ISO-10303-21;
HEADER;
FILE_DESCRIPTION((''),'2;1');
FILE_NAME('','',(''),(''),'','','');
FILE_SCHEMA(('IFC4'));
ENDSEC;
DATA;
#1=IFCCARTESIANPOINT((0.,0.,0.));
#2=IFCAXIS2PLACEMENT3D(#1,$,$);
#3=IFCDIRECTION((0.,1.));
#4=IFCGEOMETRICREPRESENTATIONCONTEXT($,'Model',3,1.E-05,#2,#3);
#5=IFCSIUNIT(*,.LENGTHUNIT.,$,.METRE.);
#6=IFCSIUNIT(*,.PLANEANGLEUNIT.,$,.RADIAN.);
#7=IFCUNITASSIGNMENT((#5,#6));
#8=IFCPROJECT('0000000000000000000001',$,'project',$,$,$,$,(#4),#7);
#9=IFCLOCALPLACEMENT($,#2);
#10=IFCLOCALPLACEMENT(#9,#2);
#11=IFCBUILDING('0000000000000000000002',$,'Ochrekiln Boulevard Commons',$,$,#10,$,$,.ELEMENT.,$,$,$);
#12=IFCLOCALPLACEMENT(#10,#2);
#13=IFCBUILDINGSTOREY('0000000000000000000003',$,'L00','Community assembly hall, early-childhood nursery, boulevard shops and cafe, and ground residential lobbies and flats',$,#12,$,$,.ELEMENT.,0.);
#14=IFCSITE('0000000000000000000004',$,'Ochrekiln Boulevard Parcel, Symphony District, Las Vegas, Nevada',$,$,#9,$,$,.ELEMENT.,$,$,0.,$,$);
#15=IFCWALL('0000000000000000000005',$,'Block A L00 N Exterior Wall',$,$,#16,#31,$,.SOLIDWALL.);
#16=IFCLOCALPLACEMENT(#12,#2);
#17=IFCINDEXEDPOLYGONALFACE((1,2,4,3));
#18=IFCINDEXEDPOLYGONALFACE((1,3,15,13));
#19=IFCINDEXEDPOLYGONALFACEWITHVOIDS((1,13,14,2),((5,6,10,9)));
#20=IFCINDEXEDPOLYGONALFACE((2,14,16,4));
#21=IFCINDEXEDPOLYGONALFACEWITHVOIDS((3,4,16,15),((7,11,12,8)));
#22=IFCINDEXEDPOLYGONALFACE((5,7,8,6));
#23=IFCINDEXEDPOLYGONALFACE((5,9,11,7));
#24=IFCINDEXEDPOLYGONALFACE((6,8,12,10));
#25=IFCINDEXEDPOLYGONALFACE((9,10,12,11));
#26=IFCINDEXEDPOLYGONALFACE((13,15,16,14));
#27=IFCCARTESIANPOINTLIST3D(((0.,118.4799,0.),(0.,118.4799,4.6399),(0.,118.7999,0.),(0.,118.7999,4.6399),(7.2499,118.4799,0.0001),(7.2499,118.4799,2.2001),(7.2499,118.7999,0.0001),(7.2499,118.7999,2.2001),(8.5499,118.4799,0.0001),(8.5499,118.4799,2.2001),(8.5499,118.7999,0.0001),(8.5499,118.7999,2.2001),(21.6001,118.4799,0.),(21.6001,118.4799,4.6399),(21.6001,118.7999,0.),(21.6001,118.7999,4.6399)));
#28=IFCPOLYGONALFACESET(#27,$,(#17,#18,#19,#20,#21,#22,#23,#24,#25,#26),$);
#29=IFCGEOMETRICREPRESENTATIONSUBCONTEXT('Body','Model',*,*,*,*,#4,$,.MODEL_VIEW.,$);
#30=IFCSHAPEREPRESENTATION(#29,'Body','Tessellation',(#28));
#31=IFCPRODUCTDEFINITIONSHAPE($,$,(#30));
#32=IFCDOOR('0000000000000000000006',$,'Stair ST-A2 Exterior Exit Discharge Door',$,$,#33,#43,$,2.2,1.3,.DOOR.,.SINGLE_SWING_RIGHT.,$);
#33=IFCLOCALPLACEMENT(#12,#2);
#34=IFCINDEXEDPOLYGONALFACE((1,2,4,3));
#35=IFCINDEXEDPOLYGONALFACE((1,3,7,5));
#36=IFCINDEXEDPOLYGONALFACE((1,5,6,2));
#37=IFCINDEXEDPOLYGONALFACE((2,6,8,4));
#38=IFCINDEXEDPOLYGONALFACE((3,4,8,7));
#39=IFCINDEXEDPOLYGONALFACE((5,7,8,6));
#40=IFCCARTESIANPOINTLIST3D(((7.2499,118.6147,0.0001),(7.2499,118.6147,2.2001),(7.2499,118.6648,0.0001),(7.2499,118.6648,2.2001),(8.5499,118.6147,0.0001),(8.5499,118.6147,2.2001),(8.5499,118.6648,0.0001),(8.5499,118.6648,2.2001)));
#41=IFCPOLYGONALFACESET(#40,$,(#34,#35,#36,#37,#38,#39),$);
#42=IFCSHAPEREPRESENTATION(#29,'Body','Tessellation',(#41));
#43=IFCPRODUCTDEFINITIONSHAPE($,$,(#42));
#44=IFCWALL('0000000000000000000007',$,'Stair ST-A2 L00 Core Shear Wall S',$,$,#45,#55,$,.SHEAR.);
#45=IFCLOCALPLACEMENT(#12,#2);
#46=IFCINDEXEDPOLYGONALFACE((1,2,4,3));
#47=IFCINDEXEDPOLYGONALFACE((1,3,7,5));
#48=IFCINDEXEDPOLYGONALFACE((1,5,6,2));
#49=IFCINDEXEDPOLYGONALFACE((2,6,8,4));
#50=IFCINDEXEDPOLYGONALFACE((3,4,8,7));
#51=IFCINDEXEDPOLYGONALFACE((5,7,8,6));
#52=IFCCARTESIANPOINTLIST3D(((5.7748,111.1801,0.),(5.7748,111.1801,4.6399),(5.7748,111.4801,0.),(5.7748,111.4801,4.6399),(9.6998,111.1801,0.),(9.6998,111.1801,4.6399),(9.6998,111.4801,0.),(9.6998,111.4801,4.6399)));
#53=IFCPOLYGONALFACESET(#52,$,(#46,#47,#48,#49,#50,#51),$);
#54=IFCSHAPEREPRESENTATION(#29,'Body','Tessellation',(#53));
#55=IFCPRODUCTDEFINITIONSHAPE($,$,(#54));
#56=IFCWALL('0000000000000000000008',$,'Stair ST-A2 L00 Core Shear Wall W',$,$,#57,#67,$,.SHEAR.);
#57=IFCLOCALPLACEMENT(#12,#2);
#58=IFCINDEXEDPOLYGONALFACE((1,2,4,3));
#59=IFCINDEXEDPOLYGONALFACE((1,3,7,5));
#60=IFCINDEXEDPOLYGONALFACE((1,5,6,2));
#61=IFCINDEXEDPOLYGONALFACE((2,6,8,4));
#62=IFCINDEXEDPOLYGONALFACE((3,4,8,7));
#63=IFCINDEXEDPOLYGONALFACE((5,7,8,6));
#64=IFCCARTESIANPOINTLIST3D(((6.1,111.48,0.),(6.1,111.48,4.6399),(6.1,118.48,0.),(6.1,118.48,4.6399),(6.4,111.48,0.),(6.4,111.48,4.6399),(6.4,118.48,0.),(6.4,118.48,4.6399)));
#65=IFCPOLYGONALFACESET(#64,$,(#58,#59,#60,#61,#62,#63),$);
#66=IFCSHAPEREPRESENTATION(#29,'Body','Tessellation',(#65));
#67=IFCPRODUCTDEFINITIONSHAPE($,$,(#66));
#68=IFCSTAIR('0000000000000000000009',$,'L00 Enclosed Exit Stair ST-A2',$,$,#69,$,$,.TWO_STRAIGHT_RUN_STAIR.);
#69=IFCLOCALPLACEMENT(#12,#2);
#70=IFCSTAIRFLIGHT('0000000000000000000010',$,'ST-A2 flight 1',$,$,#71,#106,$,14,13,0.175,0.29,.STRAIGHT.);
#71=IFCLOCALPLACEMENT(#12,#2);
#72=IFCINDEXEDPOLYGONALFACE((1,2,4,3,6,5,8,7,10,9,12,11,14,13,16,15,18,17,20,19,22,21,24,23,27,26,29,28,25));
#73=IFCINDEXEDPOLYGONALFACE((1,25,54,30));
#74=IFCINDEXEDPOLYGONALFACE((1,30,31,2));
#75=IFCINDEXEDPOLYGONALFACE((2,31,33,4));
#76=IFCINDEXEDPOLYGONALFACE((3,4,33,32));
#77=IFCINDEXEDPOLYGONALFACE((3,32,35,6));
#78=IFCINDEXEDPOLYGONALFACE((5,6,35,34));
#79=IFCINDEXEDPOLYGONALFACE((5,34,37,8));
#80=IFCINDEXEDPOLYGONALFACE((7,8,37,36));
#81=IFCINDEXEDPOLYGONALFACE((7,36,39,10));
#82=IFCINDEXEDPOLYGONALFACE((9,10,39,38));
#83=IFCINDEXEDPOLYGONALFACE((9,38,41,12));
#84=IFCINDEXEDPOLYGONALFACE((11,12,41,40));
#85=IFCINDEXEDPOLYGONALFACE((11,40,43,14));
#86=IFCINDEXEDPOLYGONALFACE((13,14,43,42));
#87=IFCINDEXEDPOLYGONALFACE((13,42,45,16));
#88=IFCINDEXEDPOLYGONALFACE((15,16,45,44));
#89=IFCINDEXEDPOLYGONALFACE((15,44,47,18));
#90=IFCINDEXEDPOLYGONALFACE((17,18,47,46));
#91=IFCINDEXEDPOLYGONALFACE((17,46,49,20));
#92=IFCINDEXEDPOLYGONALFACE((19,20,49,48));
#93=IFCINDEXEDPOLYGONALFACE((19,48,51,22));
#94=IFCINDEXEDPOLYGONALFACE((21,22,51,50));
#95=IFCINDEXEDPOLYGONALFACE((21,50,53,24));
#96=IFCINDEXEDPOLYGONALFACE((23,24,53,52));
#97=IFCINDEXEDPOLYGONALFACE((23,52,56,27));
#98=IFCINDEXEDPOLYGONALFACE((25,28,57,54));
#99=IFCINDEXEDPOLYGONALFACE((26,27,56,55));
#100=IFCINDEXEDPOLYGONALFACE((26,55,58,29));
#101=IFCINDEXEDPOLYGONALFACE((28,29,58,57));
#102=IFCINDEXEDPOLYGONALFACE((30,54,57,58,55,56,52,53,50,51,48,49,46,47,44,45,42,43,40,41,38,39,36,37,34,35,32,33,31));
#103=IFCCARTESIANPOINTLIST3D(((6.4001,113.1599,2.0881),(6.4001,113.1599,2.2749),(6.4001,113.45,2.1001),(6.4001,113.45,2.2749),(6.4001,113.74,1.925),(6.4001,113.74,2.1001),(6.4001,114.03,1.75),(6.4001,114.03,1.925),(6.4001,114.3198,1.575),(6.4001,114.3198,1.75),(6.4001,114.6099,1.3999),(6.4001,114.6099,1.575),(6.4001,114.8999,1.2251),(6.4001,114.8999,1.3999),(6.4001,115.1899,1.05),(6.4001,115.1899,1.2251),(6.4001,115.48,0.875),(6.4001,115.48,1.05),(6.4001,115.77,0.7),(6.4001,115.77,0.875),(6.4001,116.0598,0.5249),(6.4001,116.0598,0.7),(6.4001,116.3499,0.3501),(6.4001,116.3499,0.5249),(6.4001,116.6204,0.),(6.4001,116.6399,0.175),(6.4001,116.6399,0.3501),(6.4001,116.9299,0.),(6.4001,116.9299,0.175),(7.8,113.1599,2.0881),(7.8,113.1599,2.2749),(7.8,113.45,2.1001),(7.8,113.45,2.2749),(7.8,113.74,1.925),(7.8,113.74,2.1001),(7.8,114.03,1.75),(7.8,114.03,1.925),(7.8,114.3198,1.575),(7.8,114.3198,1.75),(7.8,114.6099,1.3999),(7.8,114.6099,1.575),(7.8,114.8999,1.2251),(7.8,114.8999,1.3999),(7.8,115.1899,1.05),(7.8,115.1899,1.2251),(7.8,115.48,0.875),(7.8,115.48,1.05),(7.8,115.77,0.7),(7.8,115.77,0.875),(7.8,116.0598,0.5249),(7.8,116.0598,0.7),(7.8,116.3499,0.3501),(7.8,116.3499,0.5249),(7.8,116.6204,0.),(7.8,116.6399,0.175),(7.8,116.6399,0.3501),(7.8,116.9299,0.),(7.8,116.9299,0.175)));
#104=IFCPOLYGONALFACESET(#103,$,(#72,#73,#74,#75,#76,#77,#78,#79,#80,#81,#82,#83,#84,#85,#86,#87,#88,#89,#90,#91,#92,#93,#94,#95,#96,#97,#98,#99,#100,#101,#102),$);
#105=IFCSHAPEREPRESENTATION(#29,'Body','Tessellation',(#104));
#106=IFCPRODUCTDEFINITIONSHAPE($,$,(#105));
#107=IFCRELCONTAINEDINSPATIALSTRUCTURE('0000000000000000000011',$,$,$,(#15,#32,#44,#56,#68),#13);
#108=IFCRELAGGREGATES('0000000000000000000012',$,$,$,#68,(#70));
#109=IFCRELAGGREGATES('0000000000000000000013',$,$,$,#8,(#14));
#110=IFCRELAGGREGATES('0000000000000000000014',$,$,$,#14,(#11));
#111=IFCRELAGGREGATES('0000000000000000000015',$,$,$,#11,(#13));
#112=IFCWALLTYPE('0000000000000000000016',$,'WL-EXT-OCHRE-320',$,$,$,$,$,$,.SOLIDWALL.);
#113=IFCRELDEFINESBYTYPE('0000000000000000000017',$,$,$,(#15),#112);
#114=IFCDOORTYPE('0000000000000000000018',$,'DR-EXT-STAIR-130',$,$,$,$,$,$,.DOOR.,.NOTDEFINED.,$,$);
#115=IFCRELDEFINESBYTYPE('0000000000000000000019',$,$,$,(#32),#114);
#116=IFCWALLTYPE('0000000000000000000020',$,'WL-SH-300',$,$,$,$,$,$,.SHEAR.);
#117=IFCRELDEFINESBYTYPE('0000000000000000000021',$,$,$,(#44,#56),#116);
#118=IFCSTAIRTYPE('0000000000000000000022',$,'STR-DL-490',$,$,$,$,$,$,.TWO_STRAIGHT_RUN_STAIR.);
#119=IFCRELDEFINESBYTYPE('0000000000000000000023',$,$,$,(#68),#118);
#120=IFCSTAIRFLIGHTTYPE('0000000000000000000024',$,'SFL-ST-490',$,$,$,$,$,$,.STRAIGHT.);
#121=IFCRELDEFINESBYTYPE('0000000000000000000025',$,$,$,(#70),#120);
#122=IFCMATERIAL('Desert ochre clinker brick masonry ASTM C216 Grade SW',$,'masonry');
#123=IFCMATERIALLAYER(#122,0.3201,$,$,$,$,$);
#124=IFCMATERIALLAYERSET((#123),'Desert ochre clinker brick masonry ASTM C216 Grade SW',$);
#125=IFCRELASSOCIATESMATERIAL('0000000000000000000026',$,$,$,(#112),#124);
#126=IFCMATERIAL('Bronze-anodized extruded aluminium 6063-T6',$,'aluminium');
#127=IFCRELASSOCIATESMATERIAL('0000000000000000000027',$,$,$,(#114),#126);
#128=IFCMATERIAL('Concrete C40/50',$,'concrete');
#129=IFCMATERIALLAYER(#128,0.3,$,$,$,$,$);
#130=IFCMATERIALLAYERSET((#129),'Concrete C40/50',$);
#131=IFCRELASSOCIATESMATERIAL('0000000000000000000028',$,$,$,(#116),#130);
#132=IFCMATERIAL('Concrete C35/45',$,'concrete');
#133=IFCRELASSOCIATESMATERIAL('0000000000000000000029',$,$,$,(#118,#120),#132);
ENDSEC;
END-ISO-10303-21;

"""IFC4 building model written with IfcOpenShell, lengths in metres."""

from ifc_helpers import new_model, si_unit, direction, frame, frame_2d, origin, place, context, subcontext, project, spatial, polyline, rectangle, outline, extrude, material, layer, layer_set, type_object, element, fill, aggregate, save


model = new_model("IFC4")

# Units and contexts
model_context = context("Model", 3, precision=1e-05, world=origin(), true_north=direction((0.0, 1.0)))
body_context = subcontext(model_context, "Body", "Model", "MODEL_VIEW")
ifc_project = project(units=[si_unit("LENGTHUNIT", "METRE"), si_unit("PLANEANGLEUNIT", "RADIAN")], contexts=[model_context])

# Site, building, storey
site_placement = place(None, origin())
site = spatial("IfcSite", under=ifc_project, at=site_placement, Name="Ochrekiln Boulevard Parcel, Symphony District, Las Vegas, Nevada", CompositionType="ELEMENT", RefElevation=0.0)
building_placement = place(site_placement, origin())
building = spatial("IfcBuilding", under=site, at=building_placement, Name="Ochrekiln Boulevard Commons", CompositionType="ELEMENT")
storey_placement = place(building_placement, origin())
storey = spatial("IfcBuildingStorey", under=building, at=storey_placement, Name="L00", Description="Community assembly hall, early-childhood nursery, boulevard shops and cafe, and ground residential lobbies and flats", CompositionType="ELEMENT", Elevation=0.0)

# Shared definitions
ifc_material_1 = material(Name="Concrete C40/50", Category="concrete")

# Shared definitions
ifc_material_2 = material(Name="Concrete C35/45", Category="concrete")

# Wall, opening, door
ifc_material_3 = material(Name="Desert ochre clinker brick masonry ASTM C216 Grade SW", Category="masonry")
ifc_layer_1 = layer(ifc_material_3, 0.3201)
ifc_layer_set_1 = layer_set([ifc_layer_1], Name="Desert ochre clinker brick masonry ASTM C216 Grade SW")
wall_type_1 = type_object("IfcWallType", Name="WL-EXT-OCHRE-320", PredefinedType="SOLIDWALL", material=ifc_layer_set_1)
wall_1_placement = place(storey_placement, frame((0.0, 118.6399, 0.0), z_axis=(0.0, 0.0, 1.0), x_axis=(1.0, 0.0, 0.0)))
wall_1 = element("IfcWall", 1, at=wall_1_placement, inside=storey, type_object=wall_type_1, Name="Block A L00 N Exterior Wall", PredefinedType="SOLIDWALL", context=body_context, shape_type="SweptSolid", body=[
    extrude(rectangle(XDim=21.6001, YDim=0.3201, at=frame_2d((10.8, 0.0))), origin(), (0.0, 0.0, 1.0), 4.6399),
])
opening_placement = place(wall_1_placement, frame((7.25, 0.0, 0.0)))
opening = element("IfcOpeningElement", 2, at=opening_placement, cuts=wall_1, PredefinedType="OPENING", context=body_context, shape_type="SweptSolid", body=[
    extrude(rectangle(XDim=1.3, YDim=2.2, at=frame_2d((0.6499, 1.1001))), frame((0.0, 0.1699, 0.0), z_axis=(0.0, -1.0, 0.0), x_axis=(1.0, 0.0, 0.0)), (0.0, 0.0, 1.0), 0.3401),
])
ifc_material_4 = material(Name="Bronze-anodized extruded aluminium 6063-T6", Category="aluminium")
door_type = type_object("IfcDoorType", Name="DR-EXT-STAIR-130", OperationType="NOTDEFINED", PredefinedType="DOOR", material=ifc_material_4)
door_placement = place(opening_placement, origin())
door = element("IfcDoor", 3, at=door_placement, inside=storey, type_object=door_type, Name="Stair ST-A2 Exterior Exit Discharge Door", OperationType="SINGLE_SWING_RIGHT", OverallHeight=2.2, OverallWidth=1.3, PredefinedType="DOOR", context=body_context, shape_type="SweptSolid", body=[
    extrude(rectangle(XDim=1.3, YDim=2.2, at=frame_2d((0.6499, 1.1001))), frame((0.0, 0.0249, 0.0), z_axis=(0.0, -1.0, 0.0), x_axis=(1.0, 0.0, 0.0)), (0.0, 0.0, 1.0), 0.05),
])
fill(opening, door)

# Walls
ifc_layer_2 = layer(ifc_material_1, 0.3)
ifc_layer_set_2 = layer_set([ifc_layer_2], Name="Concrete C40/50")
wall_type_2 = type_object("IfcWallType", Name="WL-SH-300", PredefinedType="SHEAR", material=ifc_layer_set_2)
wall_2_placement = place(storey_placement, frame((5.7749, 111.3301, 0.0), z_axis=(0.0, 0.0, 1.0), x_axis=(1.0, 0.0, 0.0)))
element("IfcWall", 4, at=wall_2_placement, inside=storey, type_object=wall_type_2, Name="Stair ST-A2 L00 Core Shear Wall S", PredefinedType="SHEAR", context=body_context, shape_type="SweptSolid", body=[
    extrude(rectangle(XDim=3.925, YDim=0.3, at=frame_2d((1.9624, 0.0))), origin(), (0.0, 0.0, 1.0), 4.6399),
])
wall_3_placement = place(storey_placement, frame((6.25, 111.48, 0.0), z_axis=(0.0, 0.0, 1.0), x_axis=(0.0, 1.0, 0.0)))
element("IfcWall", 5, at=wall_3_placement, inside=storey, type_object=wall_type_2, Name="Stair ST-A2 L00 Core Shear Wall W", PredefinedType="SHEAR", context=body_context, shape_type="SweptSolid", body=[
    extrude(rectangle(XDim=7.0, YDim=0.3, at=frame_2d((3.5, 0.0))), origin(), (0.0, 0.0, 1.0), 4.6399),
])

# Stair, stair flight
stair_type = type_object("IfcStairType", Name="STR-DL-490", PredefinedType="TWO_STRAIGHT_RUN_STAIR", material=ifc_material_2)
stair_placement = place(storey_placement, origin())
stair = element("IfcStair", 6, at=stair_placement, inside=storey, type_object=stair_type, Name="L00 Enclosed Exit Stair ST-A2", PredefinedType="TWO_STRAIGHT_RUN_STAIR")
stair_flight_type = type_object("IfcStairFlightType", Name="SFL-ST-490", PredefinedType="STRAIGHT", material=ifc_material_2)
stair_flight_placement = place(storey_placement, frame((7.1001, 116.9299, 0.0), z_axis=(0.0, 0.0, 1.0), x_axis=(0.0, -1.0, 0.0)))
stair_flight = element("IfcStairFlight", 7, at=stair_flight_placement, type_object=stair_flight_type, Name="ST-A2 flight 1", NumberOfRisers=14, NumberOfTreads=13, PredefinedType="STRAIGHT", RiserHeight=0.175, TreadLength=0.29, context=body_context, shape_type="SweptSolid", body=[
    extrude(outline(polyline([(0.0, 0.0), (0.0, 0.175), (0.29, 0.175), (0.29, 0.3501), (0.5801, 0.3501), (0.5801, 0.5249), (0.8701, 0.5249), (0.8701, 0.7), (1.1599, 0.7), (1.1599, 0.875), (1.45, 0.875), (1.45, 1.05), (1.74, 1.05), (1.74, 1.2251), (2.03, 1.2251), (2.03, 1.3999), (2.3201, 1.3999), (2.3201, 1.575), (2.6101, 1.575), (2.6101, 1.75), (2.8999, 1.75), (2.8999, 1.925), (3.1899, 1.925), (3.1899, 2.1001), (3.48, 2.1001), (3.48, 2.2749), (3.77, 2.2749), (3.77, 2.45), (3.77, 2.0881), (0.3096, 0.0), (0.0, 0.0)])), frame((0.0, 0.7, 0.0), z_axis=(0.0, -1.0, 0.0), x_axis=(1.0, 0.0, 0.0)), (0.0, 0.0, 1.0), 1.3999),
])
aggregate(stair, [stair_flight])

save(model, "model.ifc")
